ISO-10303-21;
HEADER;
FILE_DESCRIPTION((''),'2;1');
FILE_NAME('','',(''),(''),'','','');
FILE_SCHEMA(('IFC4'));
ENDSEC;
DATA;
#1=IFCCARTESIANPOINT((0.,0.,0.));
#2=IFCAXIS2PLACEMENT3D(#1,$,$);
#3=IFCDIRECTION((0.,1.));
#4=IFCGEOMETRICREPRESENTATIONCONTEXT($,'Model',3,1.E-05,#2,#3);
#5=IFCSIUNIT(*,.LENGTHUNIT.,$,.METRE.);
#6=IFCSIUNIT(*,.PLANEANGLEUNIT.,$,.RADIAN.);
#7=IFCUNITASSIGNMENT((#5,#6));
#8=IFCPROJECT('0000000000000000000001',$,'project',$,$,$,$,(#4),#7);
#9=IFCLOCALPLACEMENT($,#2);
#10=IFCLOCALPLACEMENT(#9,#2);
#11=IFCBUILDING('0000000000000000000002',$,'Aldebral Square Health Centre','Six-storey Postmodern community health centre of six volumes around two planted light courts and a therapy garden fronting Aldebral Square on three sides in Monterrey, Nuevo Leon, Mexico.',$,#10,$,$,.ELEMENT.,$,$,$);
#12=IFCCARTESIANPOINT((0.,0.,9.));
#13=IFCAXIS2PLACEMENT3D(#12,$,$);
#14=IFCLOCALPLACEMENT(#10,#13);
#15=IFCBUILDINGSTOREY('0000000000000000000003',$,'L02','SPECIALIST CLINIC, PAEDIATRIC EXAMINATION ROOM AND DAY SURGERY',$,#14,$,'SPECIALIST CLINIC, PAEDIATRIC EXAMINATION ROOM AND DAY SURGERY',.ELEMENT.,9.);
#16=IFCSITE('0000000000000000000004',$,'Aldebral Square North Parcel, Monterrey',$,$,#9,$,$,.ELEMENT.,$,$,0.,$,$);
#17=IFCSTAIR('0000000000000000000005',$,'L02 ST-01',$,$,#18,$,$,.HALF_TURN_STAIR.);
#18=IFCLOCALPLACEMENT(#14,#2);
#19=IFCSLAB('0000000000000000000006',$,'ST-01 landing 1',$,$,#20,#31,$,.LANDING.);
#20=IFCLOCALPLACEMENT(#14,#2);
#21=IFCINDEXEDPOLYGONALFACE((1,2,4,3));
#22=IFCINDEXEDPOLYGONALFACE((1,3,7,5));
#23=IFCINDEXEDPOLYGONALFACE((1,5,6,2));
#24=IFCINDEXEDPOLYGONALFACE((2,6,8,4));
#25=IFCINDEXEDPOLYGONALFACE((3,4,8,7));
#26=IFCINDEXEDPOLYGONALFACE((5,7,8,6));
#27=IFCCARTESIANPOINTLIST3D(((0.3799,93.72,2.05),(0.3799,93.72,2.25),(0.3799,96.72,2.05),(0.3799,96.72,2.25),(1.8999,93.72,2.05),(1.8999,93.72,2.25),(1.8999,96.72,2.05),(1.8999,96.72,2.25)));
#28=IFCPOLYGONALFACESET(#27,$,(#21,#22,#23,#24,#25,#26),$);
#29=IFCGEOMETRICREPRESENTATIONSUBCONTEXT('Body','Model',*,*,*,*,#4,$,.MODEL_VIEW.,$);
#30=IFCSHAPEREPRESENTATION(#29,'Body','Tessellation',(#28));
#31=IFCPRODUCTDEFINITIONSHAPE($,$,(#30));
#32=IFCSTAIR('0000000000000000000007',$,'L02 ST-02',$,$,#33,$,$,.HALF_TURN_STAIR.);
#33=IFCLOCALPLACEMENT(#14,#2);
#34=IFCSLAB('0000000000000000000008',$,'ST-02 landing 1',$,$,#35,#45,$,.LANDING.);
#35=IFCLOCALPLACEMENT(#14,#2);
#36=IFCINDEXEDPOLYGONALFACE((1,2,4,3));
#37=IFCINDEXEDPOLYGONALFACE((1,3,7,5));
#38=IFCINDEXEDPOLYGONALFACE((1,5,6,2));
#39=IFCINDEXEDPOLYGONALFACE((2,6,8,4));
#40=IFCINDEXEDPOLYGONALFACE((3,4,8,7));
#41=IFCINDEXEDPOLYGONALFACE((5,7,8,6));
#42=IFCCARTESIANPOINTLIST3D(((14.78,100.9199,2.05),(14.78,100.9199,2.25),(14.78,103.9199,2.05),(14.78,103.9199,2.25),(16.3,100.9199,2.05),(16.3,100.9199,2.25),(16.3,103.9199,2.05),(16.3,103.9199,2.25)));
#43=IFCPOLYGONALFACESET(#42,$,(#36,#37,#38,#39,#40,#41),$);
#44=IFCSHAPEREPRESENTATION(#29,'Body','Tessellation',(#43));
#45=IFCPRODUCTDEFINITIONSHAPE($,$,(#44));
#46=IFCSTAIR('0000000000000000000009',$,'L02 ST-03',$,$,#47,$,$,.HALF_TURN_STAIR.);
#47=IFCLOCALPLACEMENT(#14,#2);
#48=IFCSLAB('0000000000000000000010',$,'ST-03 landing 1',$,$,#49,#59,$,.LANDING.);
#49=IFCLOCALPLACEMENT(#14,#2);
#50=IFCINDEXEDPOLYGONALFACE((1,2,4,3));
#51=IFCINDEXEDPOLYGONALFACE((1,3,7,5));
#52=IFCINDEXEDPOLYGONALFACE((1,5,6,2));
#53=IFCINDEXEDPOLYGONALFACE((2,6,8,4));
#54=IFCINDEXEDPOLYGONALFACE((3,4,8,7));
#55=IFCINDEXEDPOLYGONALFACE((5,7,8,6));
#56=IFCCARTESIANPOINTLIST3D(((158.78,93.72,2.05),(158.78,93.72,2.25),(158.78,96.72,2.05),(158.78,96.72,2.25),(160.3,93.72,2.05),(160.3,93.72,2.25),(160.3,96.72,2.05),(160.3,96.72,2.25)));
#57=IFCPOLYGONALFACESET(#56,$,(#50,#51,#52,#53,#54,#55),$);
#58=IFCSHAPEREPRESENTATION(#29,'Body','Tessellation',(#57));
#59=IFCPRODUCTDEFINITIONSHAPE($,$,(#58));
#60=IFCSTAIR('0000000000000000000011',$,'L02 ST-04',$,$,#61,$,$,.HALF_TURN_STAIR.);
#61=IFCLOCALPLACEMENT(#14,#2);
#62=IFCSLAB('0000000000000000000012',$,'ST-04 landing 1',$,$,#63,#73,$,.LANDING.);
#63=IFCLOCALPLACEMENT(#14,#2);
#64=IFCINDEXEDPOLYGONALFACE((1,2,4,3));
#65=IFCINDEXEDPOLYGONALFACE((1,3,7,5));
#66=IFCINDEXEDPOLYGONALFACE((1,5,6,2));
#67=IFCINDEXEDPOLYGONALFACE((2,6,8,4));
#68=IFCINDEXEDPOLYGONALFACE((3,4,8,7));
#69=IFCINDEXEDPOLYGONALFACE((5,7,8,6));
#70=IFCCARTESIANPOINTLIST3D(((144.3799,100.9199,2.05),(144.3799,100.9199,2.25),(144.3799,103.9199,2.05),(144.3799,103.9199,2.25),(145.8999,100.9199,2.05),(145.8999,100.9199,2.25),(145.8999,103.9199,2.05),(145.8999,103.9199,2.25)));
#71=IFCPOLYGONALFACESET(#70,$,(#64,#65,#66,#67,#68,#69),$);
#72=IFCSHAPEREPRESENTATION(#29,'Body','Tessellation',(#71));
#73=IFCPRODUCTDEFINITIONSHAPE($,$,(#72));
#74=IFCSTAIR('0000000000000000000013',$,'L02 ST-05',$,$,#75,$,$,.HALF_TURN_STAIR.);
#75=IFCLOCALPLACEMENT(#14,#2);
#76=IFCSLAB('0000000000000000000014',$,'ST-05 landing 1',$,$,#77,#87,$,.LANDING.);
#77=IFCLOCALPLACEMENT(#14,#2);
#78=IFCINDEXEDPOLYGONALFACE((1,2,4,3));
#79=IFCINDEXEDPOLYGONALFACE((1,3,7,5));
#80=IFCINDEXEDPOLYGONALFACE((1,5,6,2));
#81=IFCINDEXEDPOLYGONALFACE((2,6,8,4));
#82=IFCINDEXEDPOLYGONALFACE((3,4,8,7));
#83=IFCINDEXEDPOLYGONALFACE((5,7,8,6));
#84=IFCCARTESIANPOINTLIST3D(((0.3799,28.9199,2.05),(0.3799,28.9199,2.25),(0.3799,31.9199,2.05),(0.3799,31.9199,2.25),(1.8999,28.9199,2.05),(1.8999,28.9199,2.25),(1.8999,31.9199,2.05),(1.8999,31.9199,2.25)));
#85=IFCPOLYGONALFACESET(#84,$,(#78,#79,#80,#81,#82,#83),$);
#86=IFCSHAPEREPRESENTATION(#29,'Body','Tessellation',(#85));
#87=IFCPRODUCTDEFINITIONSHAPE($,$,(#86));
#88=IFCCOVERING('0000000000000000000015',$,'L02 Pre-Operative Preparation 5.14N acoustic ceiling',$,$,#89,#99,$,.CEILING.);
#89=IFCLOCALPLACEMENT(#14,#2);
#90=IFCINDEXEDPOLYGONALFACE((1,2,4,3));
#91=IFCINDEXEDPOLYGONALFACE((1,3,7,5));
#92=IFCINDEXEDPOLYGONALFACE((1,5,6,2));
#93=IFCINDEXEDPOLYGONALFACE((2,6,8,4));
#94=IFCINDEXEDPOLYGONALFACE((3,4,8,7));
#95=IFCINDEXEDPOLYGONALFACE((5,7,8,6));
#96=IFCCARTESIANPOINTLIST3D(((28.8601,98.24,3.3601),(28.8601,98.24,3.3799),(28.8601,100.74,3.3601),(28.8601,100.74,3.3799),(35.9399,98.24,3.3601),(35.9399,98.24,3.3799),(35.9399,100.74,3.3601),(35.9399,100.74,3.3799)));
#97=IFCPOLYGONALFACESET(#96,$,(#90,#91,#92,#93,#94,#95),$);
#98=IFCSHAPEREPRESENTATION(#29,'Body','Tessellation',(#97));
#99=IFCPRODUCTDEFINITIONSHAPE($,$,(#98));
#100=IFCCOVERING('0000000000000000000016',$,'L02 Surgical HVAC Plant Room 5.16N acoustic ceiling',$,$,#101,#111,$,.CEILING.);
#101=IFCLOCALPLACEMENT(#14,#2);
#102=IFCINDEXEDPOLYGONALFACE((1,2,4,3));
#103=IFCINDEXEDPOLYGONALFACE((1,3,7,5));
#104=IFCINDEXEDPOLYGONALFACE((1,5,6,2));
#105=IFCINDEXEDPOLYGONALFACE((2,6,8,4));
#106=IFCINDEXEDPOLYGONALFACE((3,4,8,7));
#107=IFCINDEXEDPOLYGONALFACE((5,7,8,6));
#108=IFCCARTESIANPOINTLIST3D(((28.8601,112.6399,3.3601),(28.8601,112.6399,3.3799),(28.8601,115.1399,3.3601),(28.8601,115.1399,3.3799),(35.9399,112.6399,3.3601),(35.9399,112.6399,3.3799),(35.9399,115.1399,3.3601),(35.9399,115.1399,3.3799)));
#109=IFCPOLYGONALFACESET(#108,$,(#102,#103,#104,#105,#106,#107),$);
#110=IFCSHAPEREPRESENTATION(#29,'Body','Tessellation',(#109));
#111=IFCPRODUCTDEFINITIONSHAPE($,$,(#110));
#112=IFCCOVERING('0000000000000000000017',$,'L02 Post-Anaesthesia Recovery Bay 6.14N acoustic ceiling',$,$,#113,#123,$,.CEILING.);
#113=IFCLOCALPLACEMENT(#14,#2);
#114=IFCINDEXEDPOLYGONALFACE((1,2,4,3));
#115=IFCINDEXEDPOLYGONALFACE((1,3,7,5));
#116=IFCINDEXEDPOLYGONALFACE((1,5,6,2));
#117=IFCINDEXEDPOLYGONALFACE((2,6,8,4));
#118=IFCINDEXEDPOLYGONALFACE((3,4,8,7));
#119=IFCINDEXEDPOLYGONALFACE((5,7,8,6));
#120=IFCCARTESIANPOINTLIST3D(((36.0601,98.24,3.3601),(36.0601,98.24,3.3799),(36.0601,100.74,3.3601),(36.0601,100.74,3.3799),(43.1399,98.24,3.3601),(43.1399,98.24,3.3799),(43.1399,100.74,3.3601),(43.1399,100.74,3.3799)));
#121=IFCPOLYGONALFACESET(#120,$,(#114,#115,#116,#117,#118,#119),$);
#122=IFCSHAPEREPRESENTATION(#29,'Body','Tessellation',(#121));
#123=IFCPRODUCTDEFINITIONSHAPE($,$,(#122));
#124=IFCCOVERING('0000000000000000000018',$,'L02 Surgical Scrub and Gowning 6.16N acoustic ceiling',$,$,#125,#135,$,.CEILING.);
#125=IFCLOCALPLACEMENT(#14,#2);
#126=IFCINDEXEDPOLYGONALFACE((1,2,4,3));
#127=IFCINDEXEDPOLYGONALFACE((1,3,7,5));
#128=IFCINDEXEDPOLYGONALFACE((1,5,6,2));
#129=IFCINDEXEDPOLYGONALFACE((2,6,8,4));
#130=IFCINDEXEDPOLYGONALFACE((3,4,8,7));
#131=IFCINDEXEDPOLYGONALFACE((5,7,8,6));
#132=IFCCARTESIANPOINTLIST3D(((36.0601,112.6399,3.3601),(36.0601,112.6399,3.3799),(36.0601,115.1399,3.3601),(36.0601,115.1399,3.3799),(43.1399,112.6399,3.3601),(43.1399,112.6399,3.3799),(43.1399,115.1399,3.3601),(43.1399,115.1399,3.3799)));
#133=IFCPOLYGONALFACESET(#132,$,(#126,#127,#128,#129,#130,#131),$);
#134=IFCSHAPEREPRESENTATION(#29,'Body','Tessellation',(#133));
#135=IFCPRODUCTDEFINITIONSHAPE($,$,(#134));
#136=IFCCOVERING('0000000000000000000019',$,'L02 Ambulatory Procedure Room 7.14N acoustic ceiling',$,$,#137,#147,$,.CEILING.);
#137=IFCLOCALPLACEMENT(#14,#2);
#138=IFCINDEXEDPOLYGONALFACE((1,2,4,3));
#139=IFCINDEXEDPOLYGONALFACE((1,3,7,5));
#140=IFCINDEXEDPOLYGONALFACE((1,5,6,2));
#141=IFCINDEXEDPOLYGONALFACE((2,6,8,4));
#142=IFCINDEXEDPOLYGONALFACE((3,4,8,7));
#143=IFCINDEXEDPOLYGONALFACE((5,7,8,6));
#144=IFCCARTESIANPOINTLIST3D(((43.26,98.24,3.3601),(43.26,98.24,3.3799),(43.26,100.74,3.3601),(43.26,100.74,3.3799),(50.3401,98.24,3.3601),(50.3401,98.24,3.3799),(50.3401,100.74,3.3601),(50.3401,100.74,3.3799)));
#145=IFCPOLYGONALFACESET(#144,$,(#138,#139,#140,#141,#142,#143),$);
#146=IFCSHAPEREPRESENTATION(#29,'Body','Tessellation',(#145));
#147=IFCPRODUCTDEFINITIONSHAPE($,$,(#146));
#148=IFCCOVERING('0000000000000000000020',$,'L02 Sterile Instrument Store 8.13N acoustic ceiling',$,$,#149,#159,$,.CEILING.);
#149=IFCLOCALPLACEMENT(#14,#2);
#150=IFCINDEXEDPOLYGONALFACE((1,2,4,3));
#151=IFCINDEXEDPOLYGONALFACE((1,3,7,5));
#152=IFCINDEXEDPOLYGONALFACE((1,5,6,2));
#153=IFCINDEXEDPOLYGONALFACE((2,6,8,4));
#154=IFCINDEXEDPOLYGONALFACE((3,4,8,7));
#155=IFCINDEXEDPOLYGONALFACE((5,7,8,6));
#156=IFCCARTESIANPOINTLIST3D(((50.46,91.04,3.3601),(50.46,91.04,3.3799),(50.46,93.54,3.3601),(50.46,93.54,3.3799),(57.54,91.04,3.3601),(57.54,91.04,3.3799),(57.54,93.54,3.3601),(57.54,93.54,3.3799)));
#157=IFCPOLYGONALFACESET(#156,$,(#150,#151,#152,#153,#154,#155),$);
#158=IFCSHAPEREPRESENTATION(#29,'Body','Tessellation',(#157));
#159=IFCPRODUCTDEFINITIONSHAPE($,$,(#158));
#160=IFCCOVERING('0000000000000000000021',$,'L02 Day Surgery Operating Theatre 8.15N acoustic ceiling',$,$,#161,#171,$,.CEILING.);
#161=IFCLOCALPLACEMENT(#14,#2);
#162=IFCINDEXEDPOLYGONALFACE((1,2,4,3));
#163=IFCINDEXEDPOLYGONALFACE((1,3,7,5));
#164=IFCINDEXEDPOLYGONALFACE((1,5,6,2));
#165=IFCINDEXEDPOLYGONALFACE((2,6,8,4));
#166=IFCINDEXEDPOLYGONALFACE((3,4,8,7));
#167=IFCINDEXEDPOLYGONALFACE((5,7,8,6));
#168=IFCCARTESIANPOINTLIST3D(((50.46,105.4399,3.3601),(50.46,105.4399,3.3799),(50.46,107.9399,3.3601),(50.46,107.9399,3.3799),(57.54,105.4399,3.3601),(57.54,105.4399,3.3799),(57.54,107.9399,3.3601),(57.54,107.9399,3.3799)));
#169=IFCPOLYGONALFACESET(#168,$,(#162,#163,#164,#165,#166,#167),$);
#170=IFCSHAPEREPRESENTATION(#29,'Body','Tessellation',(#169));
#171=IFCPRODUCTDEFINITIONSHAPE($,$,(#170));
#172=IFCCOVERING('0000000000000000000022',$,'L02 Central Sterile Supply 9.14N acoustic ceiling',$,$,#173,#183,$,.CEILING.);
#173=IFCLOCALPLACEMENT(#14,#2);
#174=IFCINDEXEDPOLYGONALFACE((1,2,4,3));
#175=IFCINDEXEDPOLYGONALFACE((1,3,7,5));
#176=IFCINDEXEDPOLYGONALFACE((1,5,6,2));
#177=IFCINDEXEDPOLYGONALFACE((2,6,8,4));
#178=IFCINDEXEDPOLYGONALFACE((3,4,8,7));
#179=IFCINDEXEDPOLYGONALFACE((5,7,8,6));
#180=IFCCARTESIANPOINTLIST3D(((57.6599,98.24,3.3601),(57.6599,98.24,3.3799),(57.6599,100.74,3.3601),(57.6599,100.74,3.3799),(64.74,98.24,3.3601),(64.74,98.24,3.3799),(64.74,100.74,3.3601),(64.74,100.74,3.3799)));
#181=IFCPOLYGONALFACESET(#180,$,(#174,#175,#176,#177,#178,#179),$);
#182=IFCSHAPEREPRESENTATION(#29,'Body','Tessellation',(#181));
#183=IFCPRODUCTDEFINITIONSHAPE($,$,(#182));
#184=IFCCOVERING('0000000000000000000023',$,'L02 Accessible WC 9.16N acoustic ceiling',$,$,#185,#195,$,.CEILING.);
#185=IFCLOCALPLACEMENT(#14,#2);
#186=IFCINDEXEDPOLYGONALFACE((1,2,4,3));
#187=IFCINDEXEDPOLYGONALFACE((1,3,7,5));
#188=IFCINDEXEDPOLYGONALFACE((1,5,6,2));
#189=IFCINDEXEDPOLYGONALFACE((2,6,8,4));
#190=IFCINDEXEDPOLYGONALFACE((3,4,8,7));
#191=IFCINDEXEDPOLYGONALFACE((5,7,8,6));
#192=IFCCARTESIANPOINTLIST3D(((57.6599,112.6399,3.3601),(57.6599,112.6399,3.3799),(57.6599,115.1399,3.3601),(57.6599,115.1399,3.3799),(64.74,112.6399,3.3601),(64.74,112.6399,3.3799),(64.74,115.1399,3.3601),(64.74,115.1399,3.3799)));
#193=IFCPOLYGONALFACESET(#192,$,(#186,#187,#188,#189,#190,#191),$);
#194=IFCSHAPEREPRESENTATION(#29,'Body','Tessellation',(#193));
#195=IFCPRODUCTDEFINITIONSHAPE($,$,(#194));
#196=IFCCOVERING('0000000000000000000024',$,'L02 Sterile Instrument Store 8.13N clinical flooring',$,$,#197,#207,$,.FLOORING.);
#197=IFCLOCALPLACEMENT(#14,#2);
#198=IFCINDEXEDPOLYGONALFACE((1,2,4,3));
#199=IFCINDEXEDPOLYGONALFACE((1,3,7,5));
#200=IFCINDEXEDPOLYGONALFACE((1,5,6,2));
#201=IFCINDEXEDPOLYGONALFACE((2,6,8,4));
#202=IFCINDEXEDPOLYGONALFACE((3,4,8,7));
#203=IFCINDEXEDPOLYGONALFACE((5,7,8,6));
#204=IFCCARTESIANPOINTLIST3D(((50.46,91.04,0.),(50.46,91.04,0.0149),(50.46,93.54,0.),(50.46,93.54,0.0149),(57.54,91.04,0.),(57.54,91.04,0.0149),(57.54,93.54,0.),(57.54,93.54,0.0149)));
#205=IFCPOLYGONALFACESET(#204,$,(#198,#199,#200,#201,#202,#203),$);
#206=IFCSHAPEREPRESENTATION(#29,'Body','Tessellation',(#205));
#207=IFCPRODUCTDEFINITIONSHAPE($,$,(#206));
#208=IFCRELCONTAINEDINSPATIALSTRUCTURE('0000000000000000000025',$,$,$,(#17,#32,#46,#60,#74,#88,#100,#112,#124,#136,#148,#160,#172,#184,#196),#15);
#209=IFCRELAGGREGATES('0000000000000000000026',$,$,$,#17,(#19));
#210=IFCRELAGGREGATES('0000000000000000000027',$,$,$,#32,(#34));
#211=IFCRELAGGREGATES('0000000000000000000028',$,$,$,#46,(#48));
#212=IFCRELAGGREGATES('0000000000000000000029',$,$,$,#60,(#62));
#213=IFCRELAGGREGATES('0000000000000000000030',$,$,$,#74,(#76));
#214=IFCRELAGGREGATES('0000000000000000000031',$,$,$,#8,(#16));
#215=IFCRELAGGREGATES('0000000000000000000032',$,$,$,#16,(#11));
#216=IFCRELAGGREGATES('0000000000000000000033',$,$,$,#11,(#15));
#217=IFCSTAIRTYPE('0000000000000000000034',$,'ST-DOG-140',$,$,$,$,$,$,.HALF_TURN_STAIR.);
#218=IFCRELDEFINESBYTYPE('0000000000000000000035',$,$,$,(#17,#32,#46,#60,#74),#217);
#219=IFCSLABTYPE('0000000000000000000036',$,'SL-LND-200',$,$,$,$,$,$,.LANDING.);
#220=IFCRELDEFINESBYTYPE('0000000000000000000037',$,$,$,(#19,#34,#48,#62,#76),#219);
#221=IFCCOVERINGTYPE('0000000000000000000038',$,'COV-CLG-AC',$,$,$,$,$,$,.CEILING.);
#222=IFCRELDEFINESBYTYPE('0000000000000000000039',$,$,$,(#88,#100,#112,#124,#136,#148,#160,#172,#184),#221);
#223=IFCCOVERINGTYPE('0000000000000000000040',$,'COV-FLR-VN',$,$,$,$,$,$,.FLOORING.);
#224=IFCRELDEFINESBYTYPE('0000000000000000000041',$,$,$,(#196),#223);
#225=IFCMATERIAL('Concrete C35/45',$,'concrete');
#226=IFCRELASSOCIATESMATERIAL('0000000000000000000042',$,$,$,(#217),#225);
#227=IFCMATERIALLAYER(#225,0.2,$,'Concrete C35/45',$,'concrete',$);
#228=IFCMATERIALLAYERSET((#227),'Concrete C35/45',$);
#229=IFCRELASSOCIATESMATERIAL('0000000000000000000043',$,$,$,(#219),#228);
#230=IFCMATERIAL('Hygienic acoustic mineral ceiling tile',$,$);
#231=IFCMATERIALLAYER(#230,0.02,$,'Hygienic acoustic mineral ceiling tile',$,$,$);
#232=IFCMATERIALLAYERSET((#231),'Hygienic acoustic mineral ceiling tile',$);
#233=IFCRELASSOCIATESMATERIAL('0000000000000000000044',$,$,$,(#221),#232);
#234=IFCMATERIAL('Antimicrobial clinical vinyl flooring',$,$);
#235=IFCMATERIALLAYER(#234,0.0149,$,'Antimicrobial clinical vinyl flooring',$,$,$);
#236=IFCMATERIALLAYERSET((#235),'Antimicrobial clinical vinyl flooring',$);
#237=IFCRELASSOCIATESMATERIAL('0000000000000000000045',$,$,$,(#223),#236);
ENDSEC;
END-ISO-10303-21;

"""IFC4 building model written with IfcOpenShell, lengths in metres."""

from ifc_helpers import new_model, si_unit, direction, frame, origin, place, context, subcontext, project, spatial, polyline, outline, extrude, material, layer, layer_set, type_object, element, aggregate, save


model = new_model("IFC4")

# Units and contexts
model_context = context("Model", 3, precision=1e-05, world=origin(), true_north=direction((0.0, 1.0)))
body_context = subcontext(model_context, "Body", "Model", "MODEL_VIEW")
ifc_project = project(units=[si_unit("LENGTHUNIT", "METRE"), si_unit("PLANEANGLEUNIT", "RADIAN")], contexts=[model_context])

# Site, building, storey
site_placement = place(None, origin())
site = spatial("IfcSite", under=ifc_project, at=site_placement, Name="Aldebral Square North Parcel, Monterrey", CompositionType="ELEMENT", RefElevation=0.0)
building_placement = place(site_placement, origin())
building = spatial("IfcBuilding", under=site, at=building_placement, Name="Aldebral Square Health Centre", Description="Six-storey Postmodern community health centre of six volumes around two planted light courts and a therapy garden fronting Aldebral Square on three sides in Monterrey, Nuevo Leon, Mexico.", CompositionType="ELEMENT")
storey_placement = place(building_placement, frame((0.0, 0.0, 9.0)))
storey = spatial("IfcBuildingStorey", under=building, at=storey_placement, Name="L02", Description="SPECIALIST CLINIC, PAEDIATRIC EXAMINATION ROOM AND DAY SURGERY", LongName="SPECIALIST CLINIC, PAEDIATRIC EXAMINATION ROOM AND DAY SURGERY", CompositionType="ELEMENT", Elevation=9.0)

# Stairs, slabs
ifc_material_1 = material(Name="Concrete C35/45", Category="concrete")
stair_type = type_object("IfcStairType", Name="ST-DOG-140", PredefinedType="HALF_TURN_STAIR", material=ifc_material_1)
stair_1_placement = place(storey_placement, origin())
stair_1 = element("IfcStair", 1, at=stair_1_placement, inside=storey, type_object=stair_type, Name="L02 ST-01", PredefinedType="HALF_TURN_STAIR")
ifc_layer_1 = layer(ifc_material_1, 0.2, Name="Concrete C35/45", Category="concrete")
ifc_layer_set_1 = layer_set([ifc_layer_1], Name="Concrete C35/45")
slab_type = type_object("IfcSlabType", Name="SL-LND-200", PredefinedType="LANDING", material=ifc_layer_set_1)
slab_1_placement = place(storey_placement, frame((0.0, 0.0, 2.05)))
slab_1 = element("IfcSlab", 2, at=slab_1_placement, type_object=slab_type, Name="ST-01 landing 1", PredefinedType="LANDING", context=body_context, shape_type="SweptSolid", body=[
    extrude(outline(polyline([(1.8999, 96.72), (0.3799, 96.72), (0.3799, 93.72), (1.8999, 93.72), (1.8999, 96.72)])), origin(), (0.0, 0.0, 1.0), 0.2),
])
aggregate(stair_1, [slab_1])
stair_2_placement = place(storey_placement, origin())
stair_2 = element("IfcStair", 3, at=stair_2_placement, inside=storey, type_object=stair_type, Name="L02 ST-02", PredefinedType="HALF_TURN_STAIR")
slab_2_placement = place(storey_placement, frame((0.0, 0.0, 2.05)))
slab_2 = element("IfcSlab", 4, at=slab_2_placement, type_object=slab_type, Name="ST-02 landing 1", PredefinedType="LANDING", context=body_context, shape_type="SweptSolid", body=[
    extrude(outline(polyline([(16.3, 103.9199), (14.78, 103.9199), (14.78, 100.9199), (16.3, 100.9199), (16.3, 103.9199)])), origin(), (0.0, 0.0, 1.0), 0.2),
])
aggregate(stair_2, [slab_2])
stair_3_placement = place(storey_placement, origin())
stair_3 = element("IfcStair", 5, at=stair_3_placement, inside=storey, type_object=stair_type, Name="L02 ST-03", PredefinedType="HALF_TURN_STAIR")
slab_3_placement = place(storey_placement, frame((0.0, 0.0, 2.05)))
slab_3 = element("IfcSlab", 6, at=slab_3_placement, type_object=slab_type, Name="ST-03 landing 1", PredefinedType="LANDING", context=body_context, shape_type="SweptSolid", body=[
    extrude(outline(polyline([(160.3, 96.72), (158.78, 96.72), (158.78, 93.72), (160.3, 93.72), (160.3, 96.72)])), origin(), (0.0, 0.0, 1.0), 0.2),
])
aggregate(stair_3, [slab_3])
stair_4_placement = place(storey_placement, origin())
stair_4 = element("IfcStair", 7, at=stair_4_placement, inside=storey, type_object=stair_type, Name="L02 ST-04", PredefinedType="HALF_TURN_STAIR")
slab_4_placement = place(storey_placement, frame((0.0, 0.0, 2.05)))
slab_4 = element("IfcSlab", 8, at=slab_4_placement, type_object=slab_type, Name="ST-04 landing 1", PredefinedType="LANDING", context=body_context, shape_type="SweptSolid", body=[
    extrude(outline(polyline([(145.8999, 103.9199), (144.3799, 103.9199), (144.3799, 100.9199), (145.8999, 100.9199), (145.8999, 103.9199)])), origin(), (0.0, 0.0, 1.0), 0.2),
])
aggregate(stair_4, [slab_4])
stair_5_placement = place(storey_placement, origin())
stair_5 = element("IfcStair", 9, at=stair_5_placement, inside=storey, type_object=stair_type, Name="L02 ST-05", PredefinedType="HALF_TURN_STAIR")
slab_5_placement = place(storey_placement, frame((0.0, 0.0, 2.05)))
slab_5 = element("IfcSlab", 10, at=slab_5_placement, type_object=slab_type, Name="ST-05 landing 1", PredefinedType="LANDING", context=body_context, shape_type="SweptSolid", body=[
    extrude(outline(polyline([(1.8999, 31.9199), (0.3799, 31.9199), (0.3799, 28.9199), (1.8999, 28.9199), (1.8999, 31.9199)])), origin(), (0.0, 0.0, 1.0), 0.2),
])
aggregate(stair_5, [slab_5])

# Coverings
ifc_material_2 = material(Name="Hygienic acoustic mineral ceiling tile")
ifc_layer_2 = layer(ifc_material_2, 0.02, Name="Hygienic acoustic mineral ceiling tile")
ifc_layer_set_2 = layer_set([ifc_layer_2], Name="Hygienic acoustic mineral ceiling tile")
covering_type_1 = type_object("IfcCoveringType", Name="COV-CLG-AC", PredefinedType="CEILING", material=ifc_layer_set_2)
covering_1_placement = place(storey_placement, frame((0.0, 0.0, 3.3601)))
element("IfcCovering", 11, at=covering_1_placement, inside=storey, type_object=covering_type_1, Name="L02 Pre-Operative Preparation 5.14N acoustic ceiling", PredefinedType="CEILING", context=body_context, shape_type="SweptSolid", body=[
    extrude(outline(polyline([(28.8601, 98.24), (35.9399, 98.24), (35.9399, 100.74), (28.8601, 100.74), (28.8601, 98.24)])), origin(), (0.0, 0.0, 1.0), 0.0198),
])
covering_2_placement = place(storey_placement, frame((0.0, 0.0, 3.3601)))
element("IfcCovering", 12, at=covering_2_placement, inside=storey, type_object=covering_type_1, Name="L02 Surgical HVAC Plant Room 5.16N acoustic ceiling", PredefinedType="CEILING", context=body_context, shape_type="SweptSolid", body=[
    extrude(outline(polyline([(28.8601, 112.6399), (35.9399, 112.6399), (35.9399, 115.1399), (28.8601, 115.1399), (28.8601, 112.6399)])), origin(), (0.0, 0.0, 1.0), 0.0198),
])
covering_3_placement = place(storey_placement, frame((0.0, 0.0, 3.3601)))
element("IfcCovering", 13, at=covering_3_placement, inside=storey, type_object=covering_type_1, Name="L02 Post-Anaesthesia Recovery Bay 6.14N acoustic ceiling", PredefinedType="CEILING", context=body_context, shape_type="SweptSolid", body=[
    extrude(outline(polyline([(36.0601, 98.24), (43.1399, 98.24), (43.1399, 100.74), (36.0601, 100.74), (36.0601, 98.24)])), origin(), (0.0, 0.0, 1.0), 0.0198),
])
covering_4_placement = place(storey_placement, frame((0.0, 0.0, 3.3601)))
element("IfcCovering", 14, at=covering_4_placement, inside=storey, type_object=covering_type_1, Name="L02 Surgical Scrub and Gowning 6.16N acoustic ceiling", PredefinedType="CEILING", context=body_context, shape_type="SweptSolid", body=[
    extrude(outline(polyline([(36.0601, 112.6399), (43.1399, 112.6399), (43.1399, 115.1399), (36.0601, 115.1399), (36.0601, 112.6399)])), origin(), (0.0, 0.0, 1.0), 0.0198),
])
covering_5_placement = place(storey_placement, frame((0.0, 0.0, 3.3601)))
element("IfcCovering", 15, at=covering_5_placement, inside=storey, type_object=covering_type_1, Name="L02 Ambulatory Procedure Room 7.14N acoustic ceiling", PredefinedType="CEILING", context=body_context, shape_type="SweptSolid", body=[
    extrude(outline(polyline([(43.26, 98.24), (50.3401, 98.24), (50.3401, 100.74), (43.26, 100.74), (43.26, 98.24)])), origin(), (0.0, 0.0, 1.0), 0.0198),
])
covering_6_placement = place(storey_placement, frame((0.0, 0.0, 3.3601)))
element("IfcCovering", 16, at=covering_6_placement, inside=storey, type_object=covering_type_1, Name="L02 Sterile Instrument Store 8.13N acoustic ceiling", PredefinedType="CEILING", context=body_context, shape_type="SweptSolid", body=[
    extrude(outline(polyline([(50.46, 91.04), (57.54, 91.04), (57.54, 93.54), (50.46, 93.54), (50.46, 91.04)])), origin(), (0.0, 0.0, 1.0), 0.0198),
])
covering_7_placement = place(storey_placement, frame((0.0, 0.0, 3.3601)))
element("IfcCovering", 17, at=covering_7_placement, inside=storey, type_object=covering_type_1, Name="L02 Day Surgery Operating Theatre 8.15N acoustic ceiling", PredefinedType="CEILING", context=body_context, shape_type="SweptSolid", body=[
    extrude(outline(polyline([(50.46, 105.4399), (57.54, 105.4399), (57.54, 107.9399), (50.46, 107.9399), (50.46, 105.4399)])), origin(), (0.0, 0.0, 1.0), 0.0198),
])
covering_8_placement = place(storey_placement, frame((0.0, 0.0, 3.3601)))
element("IfcCovering", 18, at=covering_8_placement, inside=storey, type_object=covering_type_1, Name="L02 Central Sterile Supply 9.14N acoustic ceiling", PredefinedType="CEILING", context=body_context, shape_type="SweptSolid", body=[
    extrude(outline(polyline([(57.6599, 98.24), (64.74, 98.24), (64.74, 100.74), (57.6599, 100.74), (57.6599, 98.24)])), origin(), (0.0, 0.0, 1.0), 0.0198),
])
covering_9_placement = place(storey_placement, frame((0.0, 0.0, 3.3601)))
element("IfcCovering", 19, at=covering_9_placement, inside=storey, type_object=covering_type_1, Name="L02 Accessible WC 9.16N acoustic ceiling", PredefinedType="CEILING", context=body_context, shape_type="SweptSolid", body=[
    extrude(outline(polyline([(57.6599, 112.6399), (64.74, 112.6399), (64.74, 115.1399), (57.6599, 115.1399), (57.6599, 112.6399)])), origin(), (0.0, 0.0, 1.0), 0.0198),
])
ifc_material_3 = material(Name="Antimicrobial clinical vinyl flooring")
ifc_layer_3 = layer(ifc_material_3, 0.0149, Name="Antimicrobial clinical vinyl flooring")
ifc_layer_set_3 = layer_set([ifc_layer_3], Name="Antimicrobial clinical vinyl flooring")
covering_type_2 = type_object("IfcCoveringType", Name="COV-FLR-VN", PredefinedType="FLOORING", material=ifc_layer_set_3)
covering_10_placement = place(storey_placement, origin())
element("IfcCovering", 20, at=covering_10_placement, inside=storey, type_object=covering_type_2, Name="L02 Sterile Instrument Store 8.13N clinical flooring", PredefinedType="FLOORING", context=body_context, shape_type="SweptSolid", body=[
    extrude(outline(polyline([(50.46, 91.04), (57.54, 91.04), (57.54, 93.54), (50.46, 93.54), (50.46, 91.04)])), origin(), (0.0, 0.0, 1.0), 0.0149),
])

save(model, "model.ifc")
